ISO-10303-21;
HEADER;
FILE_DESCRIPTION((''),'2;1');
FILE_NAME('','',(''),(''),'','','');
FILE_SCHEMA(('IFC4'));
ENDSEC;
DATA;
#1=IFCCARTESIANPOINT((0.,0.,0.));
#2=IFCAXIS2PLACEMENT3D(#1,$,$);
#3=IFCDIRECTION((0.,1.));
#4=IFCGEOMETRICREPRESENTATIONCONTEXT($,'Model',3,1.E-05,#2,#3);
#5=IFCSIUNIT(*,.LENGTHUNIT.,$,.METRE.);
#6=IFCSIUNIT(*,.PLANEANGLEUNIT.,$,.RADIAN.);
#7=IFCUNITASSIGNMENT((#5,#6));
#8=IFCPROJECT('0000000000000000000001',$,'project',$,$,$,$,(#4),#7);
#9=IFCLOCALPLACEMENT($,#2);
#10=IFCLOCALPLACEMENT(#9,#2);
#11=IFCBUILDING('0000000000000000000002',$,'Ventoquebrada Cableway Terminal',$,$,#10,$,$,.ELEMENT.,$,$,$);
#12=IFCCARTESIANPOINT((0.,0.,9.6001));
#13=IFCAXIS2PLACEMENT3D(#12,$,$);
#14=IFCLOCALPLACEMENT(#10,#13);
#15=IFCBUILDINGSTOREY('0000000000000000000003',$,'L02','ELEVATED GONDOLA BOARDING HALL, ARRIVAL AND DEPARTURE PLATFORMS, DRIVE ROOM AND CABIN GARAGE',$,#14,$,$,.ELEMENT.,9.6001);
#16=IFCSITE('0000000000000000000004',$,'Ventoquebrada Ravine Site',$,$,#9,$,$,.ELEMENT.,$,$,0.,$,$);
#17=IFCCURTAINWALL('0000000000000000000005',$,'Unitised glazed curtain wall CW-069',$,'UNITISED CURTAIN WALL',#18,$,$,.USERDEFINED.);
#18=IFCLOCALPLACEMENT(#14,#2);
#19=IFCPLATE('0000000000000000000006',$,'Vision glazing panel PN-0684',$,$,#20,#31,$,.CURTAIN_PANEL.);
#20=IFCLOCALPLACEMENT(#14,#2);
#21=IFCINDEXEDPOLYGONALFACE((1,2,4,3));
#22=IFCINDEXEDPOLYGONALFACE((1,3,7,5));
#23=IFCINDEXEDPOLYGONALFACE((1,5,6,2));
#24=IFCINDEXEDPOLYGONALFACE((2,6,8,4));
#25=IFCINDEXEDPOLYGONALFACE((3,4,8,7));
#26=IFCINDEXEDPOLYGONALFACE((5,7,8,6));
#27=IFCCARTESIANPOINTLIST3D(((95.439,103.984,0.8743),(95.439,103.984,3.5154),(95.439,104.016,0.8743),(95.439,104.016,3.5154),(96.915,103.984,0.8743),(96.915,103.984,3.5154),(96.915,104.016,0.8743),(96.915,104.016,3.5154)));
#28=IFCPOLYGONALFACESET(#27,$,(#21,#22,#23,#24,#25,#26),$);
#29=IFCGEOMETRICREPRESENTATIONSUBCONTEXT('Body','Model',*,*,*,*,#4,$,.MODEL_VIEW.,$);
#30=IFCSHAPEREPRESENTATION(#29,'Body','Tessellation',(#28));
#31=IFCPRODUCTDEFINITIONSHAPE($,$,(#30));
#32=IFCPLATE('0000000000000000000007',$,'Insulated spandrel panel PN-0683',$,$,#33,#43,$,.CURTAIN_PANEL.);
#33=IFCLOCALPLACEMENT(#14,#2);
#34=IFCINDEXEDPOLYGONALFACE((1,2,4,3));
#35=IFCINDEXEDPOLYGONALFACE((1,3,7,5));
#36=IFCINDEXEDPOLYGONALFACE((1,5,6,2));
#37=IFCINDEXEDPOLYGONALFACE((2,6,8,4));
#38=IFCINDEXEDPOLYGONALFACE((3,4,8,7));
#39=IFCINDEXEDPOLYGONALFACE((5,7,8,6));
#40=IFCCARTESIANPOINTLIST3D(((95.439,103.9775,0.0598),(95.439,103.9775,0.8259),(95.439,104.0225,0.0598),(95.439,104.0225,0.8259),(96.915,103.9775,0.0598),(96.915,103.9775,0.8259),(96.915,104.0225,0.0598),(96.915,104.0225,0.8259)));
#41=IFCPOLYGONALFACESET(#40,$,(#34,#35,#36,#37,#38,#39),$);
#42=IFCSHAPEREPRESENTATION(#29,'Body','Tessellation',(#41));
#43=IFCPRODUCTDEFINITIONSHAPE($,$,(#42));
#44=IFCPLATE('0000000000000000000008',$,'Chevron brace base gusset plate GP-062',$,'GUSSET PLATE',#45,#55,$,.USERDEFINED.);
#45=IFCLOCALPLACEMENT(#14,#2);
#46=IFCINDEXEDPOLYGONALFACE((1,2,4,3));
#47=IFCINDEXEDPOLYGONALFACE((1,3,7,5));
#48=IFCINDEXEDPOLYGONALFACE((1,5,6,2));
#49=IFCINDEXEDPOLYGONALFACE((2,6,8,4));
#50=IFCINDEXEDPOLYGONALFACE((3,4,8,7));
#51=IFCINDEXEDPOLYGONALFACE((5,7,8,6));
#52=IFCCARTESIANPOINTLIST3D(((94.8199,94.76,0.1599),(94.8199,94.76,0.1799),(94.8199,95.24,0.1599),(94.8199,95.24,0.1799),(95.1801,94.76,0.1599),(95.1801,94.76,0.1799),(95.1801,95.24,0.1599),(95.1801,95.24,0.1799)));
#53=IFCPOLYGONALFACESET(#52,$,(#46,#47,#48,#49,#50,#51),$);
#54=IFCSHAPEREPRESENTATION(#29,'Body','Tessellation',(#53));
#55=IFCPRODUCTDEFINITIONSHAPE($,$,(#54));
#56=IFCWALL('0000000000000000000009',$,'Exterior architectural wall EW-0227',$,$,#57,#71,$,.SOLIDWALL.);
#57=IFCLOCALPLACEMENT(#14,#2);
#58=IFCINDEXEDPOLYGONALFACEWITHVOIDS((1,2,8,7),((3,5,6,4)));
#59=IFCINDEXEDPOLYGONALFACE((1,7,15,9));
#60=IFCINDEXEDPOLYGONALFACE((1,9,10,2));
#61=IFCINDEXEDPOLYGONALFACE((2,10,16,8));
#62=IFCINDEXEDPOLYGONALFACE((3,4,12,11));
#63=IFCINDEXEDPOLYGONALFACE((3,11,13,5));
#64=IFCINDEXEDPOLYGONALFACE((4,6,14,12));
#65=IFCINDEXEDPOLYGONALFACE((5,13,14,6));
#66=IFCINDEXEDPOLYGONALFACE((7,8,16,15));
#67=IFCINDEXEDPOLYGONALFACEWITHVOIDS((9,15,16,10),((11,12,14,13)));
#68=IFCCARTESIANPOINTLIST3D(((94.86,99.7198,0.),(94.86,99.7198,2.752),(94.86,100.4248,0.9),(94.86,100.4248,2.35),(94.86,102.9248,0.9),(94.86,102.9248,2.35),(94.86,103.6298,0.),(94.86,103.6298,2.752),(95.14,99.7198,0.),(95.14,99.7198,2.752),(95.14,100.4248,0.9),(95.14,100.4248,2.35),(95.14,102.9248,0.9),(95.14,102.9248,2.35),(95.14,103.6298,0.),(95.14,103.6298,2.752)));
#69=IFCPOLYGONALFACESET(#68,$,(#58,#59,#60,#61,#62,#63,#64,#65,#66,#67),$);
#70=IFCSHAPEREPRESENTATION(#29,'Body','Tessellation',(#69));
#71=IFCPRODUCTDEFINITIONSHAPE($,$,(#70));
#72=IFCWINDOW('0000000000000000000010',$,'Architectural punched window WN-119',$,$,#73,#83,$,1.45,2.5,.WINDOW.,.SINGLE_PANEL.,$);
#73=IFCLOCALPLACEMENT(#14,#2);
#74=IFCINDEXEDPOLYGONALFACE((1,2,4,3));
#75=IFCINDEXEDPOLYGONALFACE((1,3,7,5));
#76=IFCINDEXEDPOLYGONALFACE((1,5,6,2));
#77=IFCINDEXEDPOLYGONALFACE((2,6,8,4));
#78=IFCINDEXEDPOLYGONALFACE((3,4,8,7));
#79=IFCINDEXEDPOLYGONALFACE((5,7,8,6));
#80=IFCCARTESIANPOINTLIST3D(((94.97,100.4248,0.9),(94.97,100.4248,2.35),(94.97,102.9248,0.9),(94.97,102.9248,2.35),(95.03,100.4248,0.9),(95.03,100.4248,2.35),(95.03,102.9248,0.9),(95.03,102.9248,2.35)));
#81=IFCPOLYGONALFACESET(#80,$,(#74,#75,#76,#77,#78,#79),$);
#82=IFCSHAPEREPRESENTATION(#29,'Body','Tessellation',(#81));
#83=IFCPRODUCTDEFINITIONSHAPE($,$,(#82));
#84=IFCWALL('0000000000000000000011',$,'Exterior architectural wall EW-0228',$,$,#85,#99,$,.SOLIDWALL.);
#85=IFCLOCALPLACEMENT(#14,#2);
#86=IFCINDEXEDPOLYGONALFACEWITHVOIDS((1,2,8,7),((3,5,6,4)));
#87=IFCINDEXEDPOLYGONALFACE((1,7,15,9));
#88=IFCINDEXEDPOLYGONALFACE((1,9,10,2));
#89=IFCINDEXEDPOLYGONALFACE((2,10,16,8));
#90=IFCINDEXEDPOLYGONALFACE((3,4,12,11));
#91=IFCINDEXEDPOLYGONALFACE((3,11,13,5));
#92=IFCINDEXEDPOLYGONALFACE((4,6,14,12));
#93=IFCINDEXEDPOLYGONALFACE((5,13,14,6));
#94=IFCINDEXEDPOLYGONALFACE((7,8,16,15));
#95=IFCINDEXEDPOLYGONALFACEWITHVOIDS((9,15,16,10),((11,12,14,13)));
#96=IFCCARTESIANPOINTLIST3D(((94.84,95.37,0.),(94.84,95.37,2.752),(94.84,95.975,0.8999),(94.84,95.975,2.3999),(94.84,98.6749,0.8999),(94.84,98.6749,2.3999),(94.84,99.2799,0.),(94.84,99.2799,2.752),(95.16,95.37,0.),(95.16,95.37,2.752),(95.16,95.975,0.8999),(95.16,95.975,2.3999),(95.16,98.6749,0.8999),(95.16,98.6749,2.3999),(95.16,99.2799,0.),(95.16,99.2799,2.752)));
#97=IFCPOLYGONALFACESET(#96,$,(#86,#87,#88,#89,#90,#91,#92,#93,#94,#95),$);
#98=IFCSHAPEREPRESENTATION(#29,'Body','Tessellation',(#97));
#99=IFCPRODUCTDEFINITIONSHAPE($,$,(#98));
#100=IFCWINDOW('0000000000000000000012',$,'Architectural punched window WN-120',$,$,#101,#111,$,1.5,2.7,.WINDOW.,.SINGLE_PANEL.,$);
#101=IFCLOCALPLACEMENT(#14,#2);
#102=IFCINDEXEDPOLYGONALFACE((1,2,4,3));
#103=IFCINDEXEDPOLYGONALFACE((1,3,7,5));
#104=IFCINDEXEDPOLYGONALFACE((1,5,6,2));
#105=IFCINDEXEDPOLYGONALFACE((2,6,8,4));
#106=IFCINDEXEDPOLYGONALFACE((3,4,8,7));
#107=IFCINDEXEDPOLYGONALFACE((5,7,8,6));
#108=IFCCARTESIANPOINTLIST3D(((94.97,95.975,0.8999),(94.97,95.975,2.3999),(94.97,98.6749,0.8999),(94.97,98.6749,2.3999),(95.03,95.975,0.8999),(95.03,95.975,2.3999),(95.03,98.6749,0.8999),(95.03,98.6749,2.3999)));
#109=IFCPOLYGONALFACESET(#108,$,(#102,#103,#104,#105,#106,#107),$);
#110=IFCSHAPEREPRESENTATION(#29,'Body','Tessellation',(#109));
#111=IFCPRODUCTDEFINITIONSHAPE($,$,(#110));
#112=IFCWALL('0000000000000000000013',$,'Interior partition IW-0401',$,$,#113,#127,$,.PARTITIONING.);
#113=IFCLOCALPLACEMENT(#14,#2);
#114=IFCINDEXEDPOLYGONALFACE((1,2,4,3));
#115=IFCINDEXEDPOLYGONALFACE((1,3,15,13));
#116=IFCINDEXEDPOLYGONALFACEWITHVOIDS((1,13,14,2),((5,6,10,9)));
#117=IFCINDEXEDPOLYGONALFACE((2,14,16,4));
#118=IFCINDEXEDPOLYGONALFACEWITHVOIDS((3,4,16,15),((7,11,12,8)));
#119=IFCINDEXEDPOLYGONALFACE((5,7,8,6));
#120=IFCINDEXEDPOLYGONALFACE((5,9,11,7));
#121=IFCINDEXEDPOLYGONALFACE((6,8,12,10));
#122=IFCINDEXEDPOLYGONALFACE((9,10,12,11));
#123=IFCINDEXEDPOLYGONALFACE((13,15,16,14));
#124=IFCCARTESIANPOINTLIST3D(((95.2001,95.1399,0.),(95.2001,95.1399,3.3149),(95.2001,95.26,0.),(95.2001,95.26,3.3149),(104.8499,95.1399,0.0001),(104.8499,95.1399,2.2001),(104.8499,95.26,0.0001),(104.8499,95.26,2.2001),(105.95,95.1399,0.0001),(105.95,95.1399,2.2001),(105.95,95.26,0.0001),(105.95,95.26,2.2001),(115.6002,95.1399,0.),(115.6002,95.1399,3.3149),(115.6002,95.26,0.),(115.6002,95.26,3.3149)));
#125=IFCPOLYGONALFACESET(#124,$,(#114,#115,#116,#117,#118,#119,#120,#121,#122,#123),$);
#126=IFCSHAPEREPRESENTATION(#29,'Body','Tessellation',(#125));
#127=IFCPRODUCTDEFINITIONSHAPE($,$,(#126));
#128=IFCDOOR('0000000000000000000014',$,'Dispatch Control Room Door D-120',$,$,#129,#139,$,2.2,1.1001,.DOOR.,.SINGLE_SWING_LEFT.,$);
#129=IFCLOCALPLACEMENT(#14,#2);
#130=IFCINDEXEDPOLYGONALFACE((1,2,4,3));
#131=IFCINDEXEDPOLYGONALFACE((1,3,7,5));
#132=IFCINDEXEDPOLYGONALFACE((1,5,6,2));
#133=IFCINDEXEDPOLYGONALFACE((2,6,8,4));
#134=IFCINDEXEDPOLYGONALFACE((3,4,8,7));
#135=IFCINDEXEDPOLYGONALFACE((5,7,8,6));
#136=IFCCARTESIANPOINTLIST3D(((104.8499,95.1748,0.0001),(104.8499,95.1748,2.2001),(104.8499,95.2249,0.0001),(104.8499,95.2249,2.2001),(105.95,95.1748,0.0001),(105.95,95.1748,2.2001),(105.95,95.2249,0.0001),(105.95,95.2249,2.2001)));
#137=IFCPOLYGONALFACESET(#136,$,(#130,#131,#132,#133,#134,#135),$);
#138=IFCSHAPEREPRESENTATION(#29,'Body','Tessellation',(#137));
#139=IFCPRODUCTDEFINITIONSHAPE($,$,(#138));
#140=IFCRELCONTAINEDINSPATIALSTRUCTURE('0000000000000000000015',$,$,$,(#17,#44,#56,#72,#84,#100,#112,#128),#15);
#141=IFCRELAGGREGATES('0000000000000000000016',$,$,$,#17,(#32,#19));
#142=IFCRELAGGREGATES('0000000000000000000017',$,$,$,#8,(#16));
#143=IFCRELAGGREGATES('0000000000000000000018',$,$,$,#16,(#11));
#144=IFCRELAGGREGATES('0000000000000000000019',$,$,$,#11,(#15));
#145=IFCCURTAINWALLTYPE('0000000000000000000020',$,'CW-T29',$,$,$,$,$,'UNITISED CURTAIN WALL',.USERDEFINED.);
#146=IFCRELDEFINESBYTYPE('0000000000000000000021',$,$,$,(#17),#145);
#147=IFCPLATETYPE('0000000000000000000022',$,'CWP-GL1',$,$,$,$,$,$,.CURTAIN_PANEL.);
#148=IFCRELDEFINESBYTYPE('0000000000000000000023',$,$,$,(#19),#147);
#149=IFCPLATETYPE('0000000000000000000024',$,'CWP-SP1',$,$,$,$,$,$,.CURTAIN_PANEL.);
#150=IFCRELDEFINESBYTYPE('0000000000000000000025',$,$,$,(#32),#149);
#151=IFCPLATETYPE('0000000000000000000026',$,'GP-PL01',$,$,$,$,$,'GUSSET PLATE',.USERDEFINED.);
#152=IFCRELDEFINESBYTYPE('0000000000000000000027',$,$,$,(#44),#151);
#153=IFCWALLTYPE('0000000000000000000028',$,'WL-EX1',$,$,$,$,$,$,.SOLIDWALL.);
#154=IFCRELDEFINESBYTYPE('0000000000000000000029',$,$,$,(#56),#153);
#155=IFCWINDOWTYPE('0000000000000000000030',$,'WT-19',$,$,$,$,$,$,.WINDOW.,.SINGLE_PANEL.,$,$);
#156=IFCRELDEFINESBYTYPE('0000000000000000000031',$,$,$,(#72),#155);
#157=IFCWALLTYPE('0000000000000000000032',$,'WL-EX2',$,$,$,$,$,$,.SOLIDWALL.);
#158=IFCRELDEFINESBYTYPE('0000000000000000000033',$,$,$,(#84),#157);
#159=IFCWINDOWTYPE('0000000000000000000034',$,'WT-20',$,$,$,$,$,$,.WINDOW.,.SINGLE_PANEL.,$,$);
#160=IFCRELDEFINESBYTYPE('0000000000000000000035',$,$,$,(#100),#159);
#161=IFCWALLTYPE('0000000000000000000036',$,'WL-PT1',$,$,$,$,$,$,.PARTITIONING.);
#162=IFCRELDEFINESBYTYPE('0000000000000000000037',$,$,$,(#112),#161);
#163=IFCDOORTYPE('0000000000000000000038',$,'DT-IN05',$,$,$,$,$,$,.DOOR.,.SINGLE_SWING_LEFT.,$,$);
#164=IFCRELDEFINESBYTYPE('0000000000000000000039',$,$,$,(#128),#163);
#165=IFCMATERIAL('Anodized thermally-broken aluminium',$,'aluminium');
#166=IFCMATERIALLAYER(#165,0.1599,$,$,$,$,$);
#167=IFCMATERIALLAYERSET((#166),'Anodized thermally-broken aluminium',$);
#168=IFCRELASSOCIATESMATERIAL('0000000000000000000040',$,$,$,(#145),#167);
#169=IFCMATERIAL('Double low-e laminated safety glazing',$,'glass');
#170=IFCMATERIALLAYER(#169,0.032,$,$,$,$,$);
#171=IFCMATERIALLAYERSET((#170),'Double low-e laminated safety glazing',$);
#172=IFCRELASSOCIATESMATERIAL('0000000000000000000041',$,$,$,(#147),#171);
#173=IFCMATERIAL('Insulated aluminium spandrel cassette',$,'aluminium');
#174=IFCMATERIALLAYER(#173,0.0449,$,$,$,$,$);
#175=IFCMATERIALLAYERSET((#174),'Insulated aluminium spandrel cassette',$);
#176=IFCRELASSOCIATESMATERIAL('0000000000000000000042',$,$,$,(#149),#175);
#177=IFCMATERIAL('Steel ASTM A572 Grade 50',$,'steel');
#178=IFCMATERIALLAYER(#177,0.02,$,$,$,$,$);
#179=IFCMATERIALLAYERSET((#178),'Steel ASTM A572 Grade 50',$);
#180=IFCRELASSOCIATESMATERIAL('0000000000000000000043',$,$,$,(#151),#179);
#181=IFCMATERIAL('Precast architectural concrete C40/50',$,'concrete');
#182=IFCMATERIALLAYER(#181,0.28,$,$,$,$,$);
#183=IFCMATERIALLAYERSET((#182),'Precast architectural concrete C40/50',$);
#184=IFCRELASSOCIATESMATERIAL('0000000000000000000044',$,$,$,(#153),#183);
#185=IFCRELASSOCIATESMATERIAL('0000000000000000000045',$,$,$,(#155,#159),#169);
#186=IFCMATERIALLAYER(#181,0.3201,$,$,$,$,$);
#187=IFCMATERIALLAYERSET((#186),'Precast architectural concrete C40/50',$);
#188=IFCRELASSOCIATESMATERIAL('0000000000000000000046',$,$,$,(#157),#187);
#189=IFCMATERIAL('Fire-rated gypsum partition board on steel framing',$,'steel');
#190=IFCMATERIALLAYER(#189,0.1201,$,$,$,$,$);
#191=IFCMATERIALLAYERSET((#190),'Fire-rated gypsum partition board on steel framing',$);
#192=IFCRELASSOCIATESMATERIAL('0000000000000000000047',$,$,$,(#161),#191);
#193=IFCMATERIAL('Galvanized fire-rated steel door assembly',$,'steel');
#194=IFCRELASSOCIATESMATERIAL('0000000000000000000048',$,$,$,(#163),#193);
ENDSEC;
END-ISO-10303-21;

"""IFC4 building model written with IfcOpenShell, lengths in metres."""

from ifc_helpers import new_model, si_unit, direction, frame, frame_2d, origin, origin_2d, place, context, subcontext, project, spatial, rectangle, extrude, material, layer, layer_set, type_object, element, fill, aggregate, save


model = new_model("IFC4")

# Units and contexts
model_context = context("Model", 3, precision=1e-05, world=origin(), true_north=direction((0.0, 1.0)))
body_context = subcontext(model_context, "Body", "Model", "MODEL_VIEW")
ifc_project = project(units=[si_unit("LENGTHUNIT", "METRE"), si_unit("PLANEANGLEUNIT", "RADIAN")], contexts=[model_context])

# Site, building, storey
site_placement = place(None, origin())
site = spatial("IfcSite", under=ifc_project, at=site_placement, Name="Ventoquebrada Ravine Site", CompositionType="ELEMENT", RefElevation=0.0)
building_placement = place(site_placement, origin())
building = spatial("IfcBuilding", under=site, at=building_placement, Name="Ventoquebrada Cableway Terminal", CompositionType="ELEMENT")
storey_placement = place(building_placement, frame((0.0, 0.0, 9.6001)))
storey = spatial("IfcBuildingStorey", under=building, at=storey_placement, Name="L02", Description="ELEVATED GONDOLA BOARDING HALL, ARRIVAL AND DEPARTURE PLATFORMS, DRIVE ROOM AND CABIN GARAGE", CompositionType="ELEMENT", Elevation=9.6001)

# Curtain wall
ifc_material_1 = material(Name="Anodized thermally-broken aluminium", Category="aluminium")
ifc_layer_1 = layer(ifc_material_1, 0.1599)
ifc_layer_set_1 = layer_set([ifc_layer_1], Name="Anodized thermally-broken aluminium")
curtain_wall_type = type_object("IfcCurtainWallType", Name="CW-T29", ElementType="UNITISED CURTAIN WALL", PredefinedType="USERDEFINED", material=ifc_layer_set_1)
curtain_wall_placement = place(storey_placement, origin())
curtain_wall = element("IfcCurtainWall", 1, at=curtain_wall_placement, inside=storey, type_object=curtain_wall_type, Name="Unitised glazed curtain wall CW-069", ObjectType="UNITISED CURTAIN WALL", PredefinedType="USERDEFINED")

# Plates
ifc_material_2 = material(Name="Double low-e laminated safety glazing", Category="glass")
ifc_layer_2 = layer(ifc_material_2, 0.032)
ifc_layer_set_2 = layer_set([ifc_layer_2], Name="Double low-e laminated safety glazing")
plate_type_1 = type_object("IfcPlateType", Name="CWP-GL1", PredefinedType="CURTAIN_PANEL", material=ifc_layer_set_2)
plate_1_placement = place(storey_placement, frame((96.177, 104.0, 0.8743), z_axis=(0.0, 0.0, 1.0), x_axis=(-1.0, 0.0, 0.0)))
plate_1 = element("IfcPlate", 2, at=plate_1_placement, type_object=plate_type_1, Name="Vision glazing panel PN-0684", PredefinedType="CURTAIN_PANEL", context=body_context, shape_type="SweptSolid", body=[
    extrude(rectangle(XDim=1.4761, YDim=0.032, at=origin_2d()), origin(), (0.0, 0.0, 1.0), 2.6411),
])
ifc_material_3 = material(Name="Insulated aluminium spandrel cassette", Category="aluminium")
ifc_layer_3 = layer(ifc_material_3, 0.0449)
ifc_layer_set_3 = layer_set([ifc_layer_3], Name="Insulated aluminium spandrel cassette")
plate_type_2 = type_object("IfcPlateType", Name="CWP-SP1", PredefinedType="CURTAIN_PANEL", material=ifc_layer_set_3)
plate_2_placement = place(storey_placement, frame((96.177, 104.0, 0.0598), z_axis=(0.0, 0.0, 1.0), x_axis=(-1.0, 0.0, 0.0)))
plate_2 = element("IfcPlate", 3, at=plate_2_placement, type_object=plate_type_2, Name="Insulated spandrel panel PN-0683", PredefinedType="CURTAIN_PANEL", context=body_context, shape_type="SweptSolid", body=[
    extrude(rectangle(XDim=1.4761, YDim=0.0449, at=origin_2d()), origin(), (0.0, 0.0, 1.0), 0.7661),
])
aggregate(curtain_wall, [plate_2, plate_1])
ifc_material_4 = material(Name="Steel ASTM A572 Grade 50", Category="steel")
ifc_layer_4 = layer(ifc_material_4, 0.02)
ifc_layer_set_4 = layer_set([ifc_layer_4], Name="Steel ASTM A572 Grade 50")
plate_type_3 = type_object("IfcPlateType", Name="GP-PL01", ElementType="GUSSET PLATE", PredefinedType="USERDEFINED", material=ifc_layer_set_4)
plate_3_placement = place(storey_placement, frame((95.0, 95.0, 0.1599), z_axis=(0.0, 0.0, 1.0), x_axis=(0.0, 1.0, 0.0)))
element("IfcPlate", 4, at=plate_3_placement, inside=storey, type_object=plate_type_3, Name="Chevron brace base gusset plate GP-062", ObjectType="GUSSET PLATE", PredefinedType="USERDEFINED", context=body_context, shape_type="SweptSolid", body=[
    extrude(rectangle(XDim=0.48, YDim=0.3601, at=origin_2d()), origin(), (0.0, 0.0, 1.0), 0.02),
])

# Walls, openings, windows
ifc_material_5 = material(Name="Precast architectural concrete C40/50", Category="concrete")
ifc_layer_5 = layer(ifc_material_5, 0.28)
ifc_layer_set_5 = layer_set([ifc_layer_5], Name="Precast architectural concrete C40/50")
wall_type_1 = type_object("IfcWallType", Name="WL-EX1", PredefinedType="SOLIDWALL", material=ifc_layer_set_5)
wall_1_placement = place(storey_placement, frame((95.0, 103.6299, 0.0), z_axis=(0.0, 0.0, 1.0), x_axis=(0.0, -1.0, 0.0)))
wall_1 = element("IfcWall", 5, at=wall_1_placement, inside=storey, type_object=wall_type_1, Name="Exterior architectural wall EW-0227", PredefinedType="SOLIDWALL", context=body_context, shape_type="SweptSolid", body=[
    extrude(rectangle(XDim=3.9099, YDim=0.28, at=frame_2d((1.9551, 0.0))), origin(), (0.0, 0.0, 1.0), 2.752),
])
opening_1_placement = place(wall_1_placement, frame((0.7051, 0.0, 0.8999)))
opening_1 = element("IfcOpeningElement", 6, at=opening_1_placement, cuts=wall_1, PredefinedType="OPENING", context=body_context, shape_type="SweptSolid", body=[
    extrude(rectangle(XDim=2.5, YDim=1.45, at=frame_2d((1.25, 0.7251))), frame((0.0, 0.1499, 0.0), z_axis=(0.0, -1.0, 0.0), x_axis=(1.0, 0.0, 0.0)), (0.0, 0.0, 1.0), 0.3),
])
window_type_1 = type_object("IfcWindowType", Name="WT-19", PartitioningType="SINGLE_PANEL", PredefinedType="WINDOW", material=ifc_material_2)
window_1_placement = place(opening_1_placement, origin())
window_1 = element("IfcWindow", 7, at=window_1_placement, inside=storey, type_object=window_type_1, Name="Architectural punched window WN-119", OverallHeight=1.45, OverallWidth=2.5, PartitioningType="SINGLE_PANEL", PredefinedType="WINDOW", context=body_context, shape_type="SweptSolid", body=[
    extrude(rectangle(XDim=2.5, YDim=1.45, at=frame_2d((1.25, 0.7251))), frame((0.0, 0.03, 0.0), z_axis=(0.0, -1.0, 0.0), x_axis=(1.0, 0.0, 0.0)), (0.0, 0.0, 1.0), 0.0601),
])
fill(opening_1, window_1)
ifc_layer_6 = layer(ifc_material_5, 0.3201)
ifc_layer_set_6 = layer_set([ifc_layer_6], Name="Precast architectural concrete C40/50")
wall_type_2 = type_object("IfcWallType", Name="WL-EX2", PredefinedType="SOLIDWALL", material=ifc_layer_set_6)
wall_2_placement = place(storey_placement, frame((95.0, 99.28, 0.0), z_axis=(0.0, 0.0, 1.0), x_axis=(0.0, -1.0, 0.0)))
wall_2 = element("IfcWall", 8, at=wall_2_placement, inside=storey, type_object=wall_type_2, Name="Exterior architectural wall EW-0228", PredefinedType="SOLIDWALL", context=body_context, shape_type="SweptSolid", body=[
    extrude(rectangle(XDim=3.9099, YDim=0.3201, at=frame_2d((1.9551, 0.0))), origin(), (0.0, 0.0, 1.0), 2.752),
])
opening_2_placement = place(wall_2_placement, frame((0.605, 0.0, 0.8999)))
opening_2 = element("IfcOpeningElement", 9, at=opening_2_placement, cuts=wall_2, PredefinedType="OPENING", context=body_context, shape_type="SweptSolid", body=[
    extrude(rectangle(XDim=2.7, YDim=1.5, at=frame_2d((1.3501, 0.75))), frame((0.0, 0.1699, 0.0), z_axis=(0.0, -1.0, 0.0), x_axis=(1.0, 0.0, 0.0)), (0.0, 0.0, 1.0), 0.3401),
])
window_type_2 = type_object("IfcWindowType", Name="WT-20", PartitioningType="SINGLE_PANEL", PredefinedType="WINDOW", material=ifc_material_2)
window_2_placement = place(opening_2_placement, origin())
window_2 = element("IfcWindow", 10, at=window_2_placement, inside=storey, type_object=window_type_2, Name="Architectural punched window WN-120", OverallHeight=1.5, OverallWidth=2.7, PartitioningType="SINGLE_PANEL", PredefinedType="WINDOW", context=body_context, shape_type="SweptSolid", body=[
    extrude(rectangle(XDim=2.7, YDim=1.5, at=frame_2d((1.3501, 0.75))), frame((0.0, 0.03, 0.0), z_axis=(0.0, -1.0, 0.0), x_axis=(1.0, 0.0, 0.0)), (0.0, 0.0, 1.0), 0.0601),
])
fill(opening_2, window_2)

# Wall, opening, door
ifc_material_6 = material(Name="Fire-rated gypsum partition board on steel framing", Category="steel")
ifc_layer_7 = layer(ifc_material_6, 0.1201)
ifc_layer_set_7 = layer_set([ifc_layer_7], Name="Fire-rated gypsum partition board on steel framing")
wall_type_3 = type_object("IfcWallType", Name="WL-PT1", PredefinedType="PARTITIONING", material=ifc_layer_set_7)
wall_3_placement = place(storey_placement, frame((95.2, 95.2, 0.0), z_axis=(0.0, 0.0, 1.0), x_axis=(1.0, 0.0, 0.0)))
wall_3 = element("IfcWall", 11, at=wall_3_placement, inside=storey, type_object=wall_type_3, Name="Interior partition IW-0401", PredefinedType="PARTITIONING", context=body_context, shape_type="SweptSolid", body=[
    extrude(rectangle(XDim=20.4001, YDim=0.1201, at=frame_2d((10.2002, 0.0))), origin(), (0.0, 0.0, 1.0), 3.3149),
])
opening_3_placement = place(wall_3_placement, frame((9.6499, 0.0, 0.0)))
opening_3 = element("IfcOpeningElement", 12, at=opening_3_placement, cuts=wall_3, PredefinedType="OPENING", context=body_context, shape_type="SweptSolid", body=[
    extrude(rectangle(XDim=1.1001, YDim=2.2, at=frame_2d((0.55, 1.1001))), frame((0.0, 0.0701, 0.0), z_axis=(0.0, -1.0, 0.0), x_axis=(1.0, 0.0, 0.0)), (0.0, 0.0, 1.0), 0.1401),
])
ifc_material_7 = material(Name="Galvanized fire-rated steel door assembly", Category="steel")
door_type = type_object("IfcDoorType", Name="DT-IN05", OperationType="SINGLE_SWING_LEFT", PredefinedType="DOOR", material=ifc_material_7)
door_placement = place(opening_3_placement, origin())
door = element("IfcDoor", 13, at=door_placement, inside=storey, type_object=door_type, Name="Dispatch Control Room Door D-120", OperationType="SINGLE_SWING_LEFT", OverallHeight=2.2, OverallWidth=1.1001, PredefinedType="DOOR", context=body_context, shape_type="SweptSolid", body=[
    extrude(rectangle(XDim=1.1001, YDim=2.2, at=frame_2d((0.55, 1.1001))), frame((0.0, 0.0249, 0.0), z_axis=(0.0, -1.0, 0.0), x_axis=(1.0, 0.0, 0.0)), (0.0, 0.0, 1.0), 0.05),
])
fill(opening_3, door)

save(model, "model.ifc")
